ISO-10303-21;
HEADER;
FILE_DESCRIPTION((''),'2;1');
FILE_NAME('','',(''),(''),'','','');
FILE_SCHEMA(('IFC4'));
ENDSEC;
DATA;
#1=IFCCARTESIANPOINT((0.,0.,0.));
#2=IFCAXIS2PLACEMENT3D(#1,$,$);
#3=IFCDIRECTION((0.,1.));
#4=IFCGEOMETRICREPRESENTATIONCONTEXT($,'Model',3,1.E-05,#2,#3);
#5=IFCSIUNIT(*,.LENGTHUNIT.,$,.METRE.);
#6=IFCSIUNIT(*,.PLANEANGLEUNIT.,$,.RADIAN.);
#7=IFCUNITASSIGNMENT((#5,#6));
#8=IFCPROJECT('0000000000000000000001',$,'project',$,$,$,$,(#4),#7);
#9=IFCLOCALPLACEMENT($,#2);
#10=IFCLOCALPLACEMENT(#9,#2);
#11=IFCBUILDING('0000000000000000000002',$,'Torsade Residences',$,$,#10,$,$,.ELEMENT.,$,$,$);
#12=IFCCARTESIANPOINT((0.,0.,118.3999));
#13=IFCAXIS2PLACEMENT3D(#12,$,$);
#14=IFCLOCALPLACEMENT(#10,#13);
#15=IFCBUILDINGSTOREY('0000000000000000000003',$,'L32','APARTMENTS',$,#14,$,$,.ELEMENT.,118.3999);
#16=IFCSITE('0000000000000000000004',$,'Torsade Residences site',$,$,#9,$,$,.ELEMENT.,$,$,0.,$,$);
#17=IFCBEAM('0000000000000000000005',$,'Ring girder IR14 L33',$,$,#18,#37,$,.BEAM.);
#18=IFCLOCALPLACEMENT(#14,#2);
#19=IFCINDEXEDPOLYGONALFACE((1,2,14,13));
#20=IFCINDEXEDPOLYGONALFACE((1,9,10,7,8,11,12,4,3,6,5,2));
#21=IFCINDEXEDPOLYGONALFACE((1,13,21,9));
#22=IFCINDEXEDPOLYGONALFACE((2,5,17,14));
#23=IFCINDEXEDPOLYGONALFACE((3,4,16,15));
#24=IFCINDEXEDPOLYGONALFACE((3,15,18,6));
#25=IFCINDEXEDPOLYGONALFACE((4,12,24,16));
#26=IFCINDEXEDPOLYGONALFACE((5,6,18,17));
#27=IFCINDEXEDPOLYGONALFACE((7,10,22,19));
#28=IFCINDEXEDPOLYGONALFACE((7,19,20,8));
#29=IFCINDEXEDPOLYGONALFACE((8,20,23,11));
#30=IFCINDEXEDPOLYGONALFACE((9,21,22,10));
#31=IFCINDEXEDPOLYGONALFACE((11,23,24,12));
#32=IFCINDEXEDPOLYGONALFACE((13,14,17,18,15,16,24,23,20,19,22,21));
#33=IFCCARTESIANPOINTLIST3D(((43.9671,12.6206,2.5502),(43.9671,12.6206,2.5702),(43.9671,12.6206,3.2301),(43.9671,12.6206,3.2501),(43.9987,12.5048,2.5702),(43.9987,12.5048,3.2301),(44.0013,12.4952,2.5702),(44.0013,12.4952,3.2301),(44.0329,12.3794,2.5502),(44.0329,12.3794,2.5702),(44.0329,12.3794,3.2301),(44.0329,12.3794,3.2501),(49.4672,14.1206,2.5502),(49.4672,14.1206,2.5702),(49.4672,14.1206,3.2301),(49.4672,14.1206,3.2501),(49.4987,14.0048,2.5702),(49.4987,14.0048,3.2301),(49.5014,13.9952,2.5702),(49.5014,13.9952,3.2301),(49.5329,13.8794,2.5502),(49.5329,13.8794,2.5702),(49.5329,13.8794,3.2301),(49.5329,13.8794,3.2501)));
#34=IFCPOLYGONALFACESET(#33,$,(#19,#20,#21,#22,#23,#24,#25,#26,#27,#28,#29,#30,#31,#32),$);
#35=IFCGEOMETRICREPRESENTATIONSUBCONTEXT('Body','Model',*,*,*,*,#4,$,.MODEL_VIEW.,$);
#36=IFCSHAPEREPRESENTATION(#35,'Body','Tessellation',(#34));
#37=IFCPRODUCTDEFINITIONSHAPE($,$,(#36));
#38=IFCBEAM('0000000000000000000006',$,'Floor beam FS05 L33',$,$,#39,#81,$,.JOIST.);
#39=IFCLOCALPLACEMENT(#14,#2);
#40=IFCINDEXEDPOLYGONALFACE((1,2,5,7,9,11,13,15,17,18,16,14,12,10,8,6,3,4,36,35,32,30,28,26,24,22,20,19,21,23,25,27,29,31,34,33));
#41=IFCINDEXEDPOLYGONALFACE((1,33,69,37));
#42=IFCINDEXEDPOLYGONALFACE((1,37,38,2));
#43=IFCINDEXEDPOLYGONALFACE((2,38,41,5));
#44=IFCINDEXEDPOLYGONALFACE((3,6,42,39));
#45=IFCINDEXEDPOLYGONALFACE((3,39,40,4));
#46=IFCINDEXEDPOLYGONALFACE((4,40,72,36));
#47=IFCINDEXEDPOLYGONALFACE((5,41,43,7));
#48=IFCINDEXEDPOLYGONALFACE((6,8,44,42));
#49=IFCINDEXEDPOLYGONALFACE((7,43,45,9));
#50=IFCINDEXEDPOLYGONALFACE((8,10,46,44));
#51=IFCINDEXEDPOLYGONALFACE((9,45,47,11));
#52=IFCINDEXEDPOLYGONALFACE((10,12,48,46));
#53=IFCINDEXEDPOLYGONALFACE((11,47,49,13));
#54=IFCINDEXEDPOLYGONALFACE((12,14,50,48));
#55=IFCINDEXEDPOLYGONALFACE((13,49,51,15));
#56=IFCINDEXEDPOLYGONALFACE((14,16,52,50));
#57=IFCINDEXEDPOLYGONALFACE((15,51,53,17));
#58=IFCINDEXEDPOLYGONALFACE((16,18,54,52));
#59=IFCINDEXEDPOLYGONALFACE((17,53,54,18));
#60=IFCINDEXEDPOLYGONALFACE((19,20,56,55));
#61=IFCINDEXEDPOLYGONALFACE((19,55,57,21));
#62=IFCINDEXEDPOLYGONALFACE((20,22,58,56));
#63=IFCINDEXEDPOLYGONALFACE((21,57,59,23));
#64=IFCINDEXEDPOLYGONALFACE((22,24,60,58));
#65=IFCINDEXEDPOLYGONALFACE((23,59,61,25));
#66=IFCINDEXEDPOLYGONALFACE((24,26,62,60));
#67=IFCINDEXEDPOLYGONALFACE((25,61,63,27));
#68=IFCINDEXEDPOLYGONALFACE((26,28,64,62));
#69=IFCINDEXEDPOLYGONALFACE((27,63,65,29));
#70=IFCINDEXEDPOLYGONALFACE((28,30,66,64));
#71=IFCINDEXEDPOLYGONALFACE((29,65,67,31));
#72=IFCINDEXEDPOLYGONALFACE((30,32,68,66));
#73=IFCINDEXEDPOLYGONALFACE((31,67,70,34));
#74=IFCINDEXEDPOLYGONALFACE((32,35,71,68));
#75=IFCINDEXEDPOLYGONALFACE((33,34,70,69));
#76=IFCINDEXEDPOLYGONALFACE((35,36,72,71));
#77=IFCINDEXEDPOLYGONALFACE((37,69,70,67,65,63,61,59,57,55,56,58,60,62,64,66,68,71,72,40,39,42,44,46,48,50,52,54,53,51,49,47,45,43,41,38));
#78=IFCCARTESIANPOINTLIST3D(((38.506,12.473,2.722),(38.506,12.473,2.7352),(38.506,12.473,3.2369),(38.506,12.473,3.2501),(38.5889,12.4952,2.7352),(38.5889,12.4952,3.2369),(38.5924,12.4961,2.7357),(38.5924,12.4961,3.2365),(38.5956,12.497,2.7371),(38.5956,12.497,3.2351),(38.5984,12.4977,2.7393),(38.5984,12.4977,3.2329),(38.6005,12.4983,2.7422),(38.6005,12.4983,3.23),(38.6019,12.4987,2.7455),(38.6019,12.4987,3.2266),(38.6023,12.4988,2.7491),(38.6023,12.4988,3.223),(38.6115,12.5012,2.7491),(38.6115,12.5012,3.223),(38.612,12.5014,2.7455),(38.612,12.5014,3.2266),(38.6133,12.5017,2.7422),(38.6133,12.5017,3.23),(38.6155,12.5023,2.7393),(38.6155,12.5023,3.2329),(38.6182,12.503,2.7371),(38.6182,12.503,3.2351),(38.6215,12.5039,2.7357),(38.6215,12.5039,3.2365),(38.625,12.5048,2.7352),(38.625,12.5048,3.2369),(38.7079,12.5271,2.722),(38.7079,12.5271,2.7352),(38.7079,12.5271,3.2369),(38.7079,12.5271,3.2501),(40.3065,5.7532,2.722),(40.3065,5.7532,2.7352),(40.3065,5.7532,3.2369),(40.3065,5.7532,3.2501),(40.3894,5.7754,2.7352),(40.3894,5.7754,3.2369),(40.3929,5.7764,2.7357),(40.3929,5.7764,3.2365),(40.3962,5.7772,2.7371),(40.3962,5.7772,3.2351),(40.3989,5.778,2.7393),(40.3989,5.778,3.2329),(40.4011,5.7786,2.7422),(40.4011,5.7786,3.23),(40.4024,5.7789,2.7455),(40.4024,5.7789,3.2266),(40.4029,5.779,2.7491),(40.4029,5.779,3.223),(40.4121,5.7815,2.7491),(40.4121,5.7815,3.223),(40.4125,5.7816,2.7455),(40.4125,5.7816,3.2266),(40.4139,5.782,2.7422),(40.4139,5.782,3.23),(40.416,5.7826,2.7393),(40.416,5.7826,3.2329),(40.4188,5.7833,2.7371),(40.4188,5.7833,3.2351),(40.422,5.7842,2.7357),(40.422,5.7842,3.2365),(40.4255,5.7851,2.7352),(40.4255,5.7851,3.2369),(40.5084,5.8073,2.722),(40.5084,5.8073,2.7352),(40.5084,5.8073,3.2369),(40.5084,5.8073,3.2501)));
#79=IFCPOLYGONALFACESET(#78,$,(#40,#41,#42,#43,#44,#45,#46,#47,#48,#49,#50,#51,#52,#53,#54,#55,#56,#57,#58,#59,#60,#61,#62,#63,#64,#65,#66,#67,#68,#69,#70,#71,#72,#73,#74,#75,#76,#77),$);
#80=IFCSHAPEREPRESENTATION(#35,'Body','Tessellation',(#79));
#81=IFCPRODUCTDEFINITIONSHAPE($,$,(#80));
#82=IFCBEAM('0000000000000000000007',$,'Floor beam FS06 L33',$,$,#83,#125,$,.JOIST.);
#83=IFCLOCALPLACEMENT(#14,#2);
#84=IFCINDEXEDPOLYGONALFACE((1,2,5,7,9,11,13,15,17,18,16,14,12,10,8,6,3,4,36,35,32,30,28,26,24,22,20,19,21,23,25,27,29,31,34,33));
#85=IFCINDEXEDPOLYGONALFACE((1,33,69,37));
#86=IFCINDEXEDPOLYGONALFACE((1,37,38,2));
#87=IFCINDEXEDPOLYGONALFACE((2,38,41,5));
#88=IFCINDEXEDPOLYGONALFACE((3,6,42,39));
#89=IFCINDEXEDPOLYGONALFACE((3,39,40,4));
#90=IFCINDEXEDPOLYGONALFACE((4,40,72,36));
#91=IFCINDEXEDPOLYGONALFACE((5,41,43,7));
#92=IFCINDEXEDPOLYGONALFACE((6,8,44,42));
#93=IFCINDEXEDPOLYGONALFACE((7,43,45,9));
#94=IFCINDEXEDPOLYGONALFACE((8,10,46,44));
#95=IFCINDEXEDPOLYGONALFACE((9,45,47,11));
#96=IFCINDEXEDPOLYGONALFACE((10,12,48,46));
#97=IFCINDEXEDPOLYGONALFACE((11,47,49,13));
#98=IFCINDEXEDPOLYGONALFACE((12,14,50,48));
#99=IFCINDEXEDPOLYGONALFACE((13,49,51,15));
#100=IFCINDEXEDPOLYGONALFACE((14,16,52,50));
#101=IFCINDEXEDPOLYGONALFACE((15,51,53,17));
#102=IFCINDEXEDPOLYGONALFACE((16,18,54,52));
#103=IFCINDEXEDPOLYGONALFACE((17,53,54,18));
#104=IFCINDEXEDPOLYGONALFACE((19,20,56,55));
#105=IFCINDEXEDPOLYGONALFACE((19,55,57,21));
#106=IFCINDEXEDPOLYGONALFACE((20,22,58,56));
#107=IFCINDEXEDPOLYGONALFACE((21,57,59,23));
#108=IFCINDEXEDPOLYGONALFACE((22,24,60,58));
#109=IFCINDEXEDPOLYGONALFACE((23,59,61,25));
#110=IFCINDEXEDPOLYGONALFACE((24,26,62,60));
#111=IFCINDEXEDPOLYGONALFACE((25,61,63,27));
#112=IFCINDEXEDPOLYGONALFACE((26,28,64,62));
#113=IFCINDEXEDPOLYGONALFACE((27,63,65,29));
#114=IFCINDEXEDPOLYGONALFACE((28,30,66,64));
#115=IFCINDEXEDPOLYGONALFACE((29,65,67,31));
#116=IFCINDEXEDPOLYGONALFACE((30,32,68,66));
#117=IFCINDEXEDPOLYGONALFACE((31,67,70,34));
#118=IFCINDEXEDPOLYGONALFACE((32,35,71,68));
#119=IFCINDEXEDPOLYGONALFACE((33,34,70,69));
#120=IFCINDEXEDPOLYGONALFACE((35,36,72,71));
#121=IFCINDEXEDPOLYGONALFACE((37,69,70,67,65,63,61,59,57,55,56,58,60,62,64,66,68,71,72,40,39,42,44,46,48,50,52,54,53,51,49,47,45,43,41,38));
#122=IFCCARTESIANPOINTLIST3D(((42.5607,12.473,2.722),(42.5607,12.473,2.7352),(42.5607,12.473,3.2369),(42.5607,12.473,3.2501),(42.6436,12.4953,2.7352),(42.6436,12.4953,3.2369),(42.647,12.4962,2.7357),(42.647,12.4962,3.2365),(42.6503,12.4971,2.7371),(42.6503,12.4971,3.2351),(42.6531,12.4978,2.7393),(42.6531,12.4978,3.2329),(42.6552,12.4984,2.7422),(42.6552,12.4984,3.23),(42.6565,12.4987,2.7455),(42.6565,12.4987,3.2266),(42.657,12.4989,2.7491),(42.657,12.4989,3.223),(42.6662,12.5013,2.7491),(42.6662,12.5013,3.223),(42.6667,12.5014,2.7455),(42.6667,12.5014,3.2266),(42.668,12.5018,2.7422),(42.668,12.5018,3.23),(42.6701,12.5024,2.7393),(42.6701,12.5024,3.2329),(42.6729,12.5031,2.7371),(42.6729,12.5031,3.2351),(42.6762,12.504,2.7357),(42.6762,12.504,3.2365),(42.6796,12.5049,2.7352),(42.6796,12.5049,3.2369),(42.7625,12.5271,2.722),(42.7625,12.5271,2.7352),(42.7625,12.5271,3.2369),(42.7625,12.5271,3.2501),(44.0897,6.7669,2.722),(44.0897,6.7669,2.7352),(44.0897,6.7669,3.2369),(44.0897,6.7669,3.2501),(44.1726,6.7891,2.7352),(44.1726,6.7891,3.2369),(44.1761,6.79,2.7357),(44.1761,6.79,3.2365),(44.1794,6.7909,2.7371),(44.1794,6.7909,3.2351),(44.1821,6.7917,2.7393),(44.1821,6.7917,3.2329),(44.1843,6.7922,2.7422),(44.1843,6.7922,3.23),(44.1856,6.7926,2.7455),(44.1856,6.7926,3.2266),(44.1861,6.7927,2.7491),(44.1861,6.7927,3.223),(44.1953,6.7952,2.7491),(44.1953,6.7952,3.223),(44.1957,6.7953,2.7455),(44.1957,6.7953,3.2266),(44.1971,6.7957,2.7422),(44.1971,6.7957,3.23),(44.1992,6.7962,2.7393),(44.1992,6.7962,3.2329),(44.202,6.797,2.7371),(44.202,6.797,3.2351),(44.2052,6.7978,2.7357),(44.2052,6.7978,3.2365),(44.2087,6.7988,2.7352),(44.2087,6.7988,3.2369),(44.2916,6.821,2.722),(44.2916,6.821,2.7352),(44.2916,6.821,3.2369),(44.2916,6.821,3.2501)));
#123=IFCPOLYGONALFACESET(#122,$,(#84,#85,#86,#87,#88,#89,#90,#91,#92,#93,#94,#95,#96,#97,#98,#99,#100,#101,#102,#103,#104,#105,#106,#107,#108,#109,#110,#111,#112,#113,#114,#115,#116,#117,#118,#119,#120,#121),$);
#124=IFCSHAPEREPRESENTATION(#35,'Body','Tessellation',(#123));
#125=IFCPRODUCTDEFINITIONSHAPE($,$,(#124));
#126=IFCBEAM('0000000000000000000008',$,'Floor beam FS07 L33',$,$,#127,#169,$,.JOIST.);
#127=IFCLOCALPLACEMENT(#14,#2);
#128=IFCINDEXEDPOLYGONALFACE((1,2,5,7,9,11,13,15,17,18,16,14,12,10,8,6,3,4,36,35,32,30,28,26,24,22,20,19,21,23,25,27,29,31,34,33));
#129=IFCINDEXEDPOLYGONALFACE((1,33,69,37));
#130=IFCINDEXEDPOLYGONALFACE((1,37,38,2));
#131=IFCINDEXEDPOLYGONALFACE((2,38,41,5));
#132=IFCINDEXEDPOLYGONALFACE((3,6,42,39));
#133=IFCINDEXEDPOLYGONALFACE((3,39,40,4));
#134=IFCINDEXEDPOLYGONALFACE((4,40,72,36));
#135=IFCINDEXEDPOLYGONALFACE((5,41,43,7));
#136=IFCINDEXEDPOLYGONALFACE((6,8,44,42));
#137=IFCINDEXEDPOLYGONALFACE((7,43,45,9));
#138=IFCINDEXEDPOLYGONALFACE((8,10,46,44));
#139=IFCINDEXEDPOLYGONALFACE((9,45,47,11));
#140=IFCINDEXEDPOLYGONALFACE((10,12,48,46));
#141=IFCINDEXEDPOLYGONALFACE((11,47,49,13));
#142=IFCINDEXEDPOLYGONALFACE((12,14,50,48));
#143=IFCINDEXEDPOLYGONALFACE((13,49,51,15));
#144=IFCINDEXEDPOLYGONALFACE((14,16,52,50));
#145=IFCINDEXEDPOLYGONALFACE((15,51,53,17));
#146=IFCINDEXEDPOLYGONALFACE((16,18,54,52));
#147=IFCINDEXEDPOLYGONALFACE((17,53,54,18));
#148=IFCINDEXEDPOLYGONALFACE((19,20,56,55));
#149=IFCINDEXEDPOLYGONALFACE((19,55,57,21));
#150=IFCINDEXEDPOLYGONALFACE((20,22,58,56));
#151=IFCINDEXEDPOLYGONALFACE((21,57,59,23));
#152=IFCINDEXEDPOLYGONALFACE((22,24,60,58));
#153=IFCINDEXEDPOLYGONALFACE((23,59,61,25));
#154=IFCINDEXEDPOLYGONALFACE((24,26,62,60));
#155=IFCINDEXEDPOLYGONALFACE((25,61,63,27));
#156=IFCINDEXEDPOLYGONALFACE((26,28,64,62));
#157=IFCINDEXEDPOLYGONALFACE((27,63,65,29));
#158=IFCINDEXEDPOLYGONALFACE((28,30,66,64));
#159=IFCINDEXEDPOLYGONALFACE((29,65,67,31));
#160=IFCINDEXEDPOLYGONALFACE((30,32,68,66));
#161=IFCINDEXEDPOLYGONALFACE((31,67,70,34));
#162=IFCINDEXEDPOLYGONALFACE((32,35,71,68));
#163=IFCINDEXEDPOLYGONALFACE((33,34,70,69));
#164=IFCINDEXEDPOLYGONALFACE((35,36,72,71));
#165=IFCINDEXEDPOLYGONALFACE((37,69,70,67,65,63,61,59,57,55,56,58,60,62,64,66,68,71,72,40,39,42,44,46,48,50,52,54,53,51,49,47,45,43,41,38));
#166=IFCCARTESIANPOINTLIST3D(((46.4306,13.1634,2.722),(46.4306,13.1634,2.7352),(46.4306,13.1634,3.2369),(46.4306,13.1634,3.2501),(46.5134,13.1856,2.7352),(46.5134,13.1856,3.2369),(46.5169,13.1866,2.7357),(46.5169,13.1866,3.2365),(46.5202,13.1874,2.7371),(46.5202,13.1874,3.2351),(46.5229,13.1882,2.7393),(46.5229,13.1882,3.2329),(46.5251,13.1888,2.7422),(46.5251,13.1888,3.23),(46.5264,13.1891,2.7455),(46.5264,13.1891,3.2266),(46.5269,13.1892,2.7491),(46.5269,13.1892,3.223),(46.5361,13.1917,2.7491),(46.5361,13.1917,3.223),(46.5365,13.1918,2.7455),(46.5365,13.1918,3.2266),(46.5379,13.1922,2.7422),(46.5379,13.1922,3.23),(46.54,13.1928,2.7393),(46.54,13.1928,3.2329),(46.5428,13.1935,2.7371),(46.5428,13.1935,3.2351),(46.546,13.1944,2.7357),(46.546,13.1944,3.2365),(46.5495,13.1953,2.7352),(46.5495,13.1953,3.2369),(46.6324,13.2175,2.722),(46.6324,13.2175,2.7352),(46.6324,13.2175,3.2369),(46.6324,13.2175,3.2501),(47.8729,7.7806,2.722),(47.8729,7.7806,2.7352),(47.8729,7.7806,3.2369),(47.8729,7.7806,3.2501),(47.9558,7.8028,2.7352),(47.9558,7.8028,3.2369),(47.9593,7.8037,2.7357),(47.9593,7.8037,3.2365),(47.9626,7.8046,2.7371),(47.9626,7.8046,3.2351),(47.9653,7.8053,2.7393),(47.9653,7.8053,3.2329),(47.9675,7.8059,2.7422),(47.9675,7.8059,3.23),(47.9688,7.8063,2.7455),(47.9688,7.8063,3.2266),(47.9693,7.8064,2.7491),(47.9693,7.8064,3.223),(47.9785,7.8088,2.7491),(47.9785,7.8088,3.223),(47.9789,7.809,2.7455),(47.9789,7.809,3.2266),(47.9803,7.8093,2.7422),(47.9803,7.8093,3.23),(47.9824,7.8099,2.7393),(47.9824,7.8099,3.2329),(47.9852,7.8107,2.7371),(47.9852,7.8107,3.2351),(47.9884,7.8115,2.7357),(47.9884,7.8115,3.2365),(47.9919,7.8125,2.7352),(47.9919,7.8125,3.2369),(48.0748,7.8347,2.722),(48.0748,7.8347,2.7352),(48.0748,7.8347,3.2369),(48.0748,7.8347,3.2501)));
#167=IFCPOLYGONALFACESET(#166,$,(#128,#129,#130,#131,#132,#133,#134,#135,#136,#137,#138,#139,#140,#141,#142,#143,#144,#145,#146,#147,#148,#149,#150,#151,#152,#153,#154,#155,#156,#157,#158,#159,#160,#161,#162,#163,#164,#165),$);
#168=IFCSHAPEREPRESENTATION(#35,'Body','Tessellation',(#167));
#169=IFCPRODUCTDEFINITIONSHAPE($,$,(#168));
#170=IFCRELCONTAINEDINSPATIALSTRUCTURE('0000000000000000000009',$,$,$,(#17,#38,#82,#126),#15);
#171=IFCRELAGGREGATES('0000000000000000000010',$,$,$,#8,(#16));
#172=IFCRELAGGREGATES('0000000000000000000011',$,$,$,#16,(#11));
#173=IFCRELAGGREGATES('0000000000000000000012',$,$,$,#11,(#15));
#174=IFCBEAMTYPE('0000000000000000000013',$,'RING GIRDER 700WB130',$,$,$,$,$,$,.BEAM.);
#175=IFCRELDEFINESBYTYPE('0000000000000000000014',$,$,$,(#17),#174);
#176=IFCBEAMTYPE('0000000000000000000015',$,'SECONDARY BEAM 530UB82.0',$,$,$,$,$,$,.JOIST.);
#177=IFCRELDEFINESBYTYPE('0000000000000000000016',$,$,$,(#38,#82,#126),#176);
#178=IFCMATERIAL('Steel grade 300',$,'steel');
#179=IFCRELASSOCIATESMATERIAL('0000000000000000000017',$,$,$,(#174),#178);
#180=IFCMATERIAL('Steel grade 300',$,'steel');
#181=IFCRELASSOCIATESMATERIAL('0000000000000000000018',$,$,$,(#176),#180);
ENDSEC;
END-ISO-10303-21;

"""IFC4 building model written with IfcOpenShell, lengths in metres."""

from ifc_helpers import new_model, si_unit, direction, frame, origin, origin_2d, place, context, subcontext, project, spatial, i_section, extrude, material, material_profile, profile_set, type_object, element, save


model = new_model("IFC4")

# Units and contexts
model_context = context("Model", 3, precision=1e-05, world=origin(), true_north=direction((0.0, 1.0)))
body_context = subcontext(model_context, "Body", "Model", "MODEL_VIEW")
ifc_project = project(units=[si_unit("LENGTHUNIT", "METRE"), si_unit("PLANEANGLEUNIT", "RADIAN")], contexts=[model_context])

# Site, building, storey
site_placement = place(None, origin())
site = spatial("IfcSite", under=ifc_project, at=site_placement, Name="Torsade Residences site", CompositionType="ELEMENT", RefElevation=0.0)
building_placement = place(site_placement, origin())
building = spatial("IfcBuilding", under=site, at=building_placement, Name="Torsade Residences", CompositionType="ELEMENT")
storey_placement = place(building_placement, frame((0.0, 0.0, 118.3999)))
storey = spatial("IfcBuildingStorey", under=building, at=storey_placement, Name="L32", Description="APARTMENTS", CompositionType="ELEMENT", Elevation=118.3999)

# Beams
ifc_material_1 = material(Name="Steel grade 300", Category="steel")
ifc_material_profile_1 = material_profile(ifc_material_1, i_section(OverallWidth=0.25, OverallDepth=0.7, WebThickness=0.01, FlangeThickness=0.02, at=origin_2d()), Name="700WB130")
ifc_profile_set_1 = profile_set([ifc_material_profile_1], Name="Steel grade 300")
beam_type_1 = type_object("IfcBeamType", Name="RING GIRDER 700WB130", PredefinedType="BEAM", material=ifc_profile_set_1)
beam_1_placement = place(storey_placement, frame((44.0, 12.5, 2.9001), z_axis=(0.964764, 0.263117, 0.0), x_axis=(-0.263117, 0.964764, 0.0)))
element("IfcBeam", 1, at=beam_1_placement, inside=storey, type_object=beam_type_1, Name="Ring girder IR14 L33", PredefinedType="BEAM", context=body_context, shape_type="SweptSolid", body=[
    extrude(i_section(OverallWidth=0.25, OverallDepth=0.7, WebThickness=0.01, FlangeThickness=0.02, at=origin_2d()), origin(), (0.0, 0.0, 1.0), 5.7009),
])
ifc_material_2 = material(Name="Steel grade 300", Category="steel")
ifc_material_profile_2 = material_profile(ifc_material_2, i_section(OverallWidth=0.209, OverallDepth=0.5281, WebThickness=0.0095, FlangeThickness=0.0132, FilletRadius=0.0139, at=origin_2d()), Name="530UB82.0")
ifc_profile_set_2 = profile_set([ifc_material_profile_2], Name="Steel grade 300")
beam_type_2 = type_object("IfcBeamType", Name="SECONDARY BEAM 530UB82.0", PredefinedType="JOIST", material=ifc_profile_set_2)
beam_2_placement = place(storey_placement, frame((40.4075, 5.7803, 2.9861), z_axis=(-0.258818, 0.965926, 0.0), x_axis=(-0.965926, -0.258818, 0.0)))
element("IfcBeam", 2, at=beam_2_placement, inside=storey, type_object=beam_type_2, Name="Floor beam FS05 L33", PredefinedType="JOIST", context=body_context, shape_type="SweptSolid", body=[
    extrude(i_section(OverallWidth=0.209, OverallDepth=0.5281, WebThickness=0.0095, FlangeThickness=0.0132, FilletRadius=0.0139, at=origin_2d()), origin(), (0.0, 0.0, 1.0), 6.9568),
])
beam_3_placement = place(storey_placement, frame((44.1907, 6.7939, 2.9861), z_axis=(-0.258838, 0.965921, 0.0), x_axis=(-0.965921, -0.258838, 0.0)))
element("IfcBeam", 3, at=beam_3_placement, inside=storey, type_object=beam_type_2, Name="Floor beam FS06 L33", PredefinedType="JOIST", context=body_context, shape_type="SweptSolid", body=[
    extrude(i_section(OverallWidth=0.209, OverallDepth=0.5281, WebThickness=0.0095, FlangeThickness=0.0132, FilletRadius=0.0139, at=origin_2d()), origin(), (0.0, 0.0, 1.0), 5.9075),
])
beam_4_placement = place(storey_placement, frame((47.9739, 7.8076, 2.9861), z_axis=(-0.25883, 0.965923, 0.0), x_axis=(-0.965923, -0.25883, 0.0)))
element("IfcBeam", 4, at=beam_4_placement, inside=storey, type_object=beam_type_2, Name="Floor beam FS07 L33", PredefinedType="JOIST", context=body_context, shape_type="SweptSolid", body=[
    extrude(i_section(OverallWidth=0.209, OverallDepth=0.5281, WebThickness=0.0095, FlangeThickness=0.0132, FilletRadius=0.0139, at=origin_2d()), origin(), (0.0, 0.0, 1.0), 5.5728),
])

save(model, "model.ifc")
